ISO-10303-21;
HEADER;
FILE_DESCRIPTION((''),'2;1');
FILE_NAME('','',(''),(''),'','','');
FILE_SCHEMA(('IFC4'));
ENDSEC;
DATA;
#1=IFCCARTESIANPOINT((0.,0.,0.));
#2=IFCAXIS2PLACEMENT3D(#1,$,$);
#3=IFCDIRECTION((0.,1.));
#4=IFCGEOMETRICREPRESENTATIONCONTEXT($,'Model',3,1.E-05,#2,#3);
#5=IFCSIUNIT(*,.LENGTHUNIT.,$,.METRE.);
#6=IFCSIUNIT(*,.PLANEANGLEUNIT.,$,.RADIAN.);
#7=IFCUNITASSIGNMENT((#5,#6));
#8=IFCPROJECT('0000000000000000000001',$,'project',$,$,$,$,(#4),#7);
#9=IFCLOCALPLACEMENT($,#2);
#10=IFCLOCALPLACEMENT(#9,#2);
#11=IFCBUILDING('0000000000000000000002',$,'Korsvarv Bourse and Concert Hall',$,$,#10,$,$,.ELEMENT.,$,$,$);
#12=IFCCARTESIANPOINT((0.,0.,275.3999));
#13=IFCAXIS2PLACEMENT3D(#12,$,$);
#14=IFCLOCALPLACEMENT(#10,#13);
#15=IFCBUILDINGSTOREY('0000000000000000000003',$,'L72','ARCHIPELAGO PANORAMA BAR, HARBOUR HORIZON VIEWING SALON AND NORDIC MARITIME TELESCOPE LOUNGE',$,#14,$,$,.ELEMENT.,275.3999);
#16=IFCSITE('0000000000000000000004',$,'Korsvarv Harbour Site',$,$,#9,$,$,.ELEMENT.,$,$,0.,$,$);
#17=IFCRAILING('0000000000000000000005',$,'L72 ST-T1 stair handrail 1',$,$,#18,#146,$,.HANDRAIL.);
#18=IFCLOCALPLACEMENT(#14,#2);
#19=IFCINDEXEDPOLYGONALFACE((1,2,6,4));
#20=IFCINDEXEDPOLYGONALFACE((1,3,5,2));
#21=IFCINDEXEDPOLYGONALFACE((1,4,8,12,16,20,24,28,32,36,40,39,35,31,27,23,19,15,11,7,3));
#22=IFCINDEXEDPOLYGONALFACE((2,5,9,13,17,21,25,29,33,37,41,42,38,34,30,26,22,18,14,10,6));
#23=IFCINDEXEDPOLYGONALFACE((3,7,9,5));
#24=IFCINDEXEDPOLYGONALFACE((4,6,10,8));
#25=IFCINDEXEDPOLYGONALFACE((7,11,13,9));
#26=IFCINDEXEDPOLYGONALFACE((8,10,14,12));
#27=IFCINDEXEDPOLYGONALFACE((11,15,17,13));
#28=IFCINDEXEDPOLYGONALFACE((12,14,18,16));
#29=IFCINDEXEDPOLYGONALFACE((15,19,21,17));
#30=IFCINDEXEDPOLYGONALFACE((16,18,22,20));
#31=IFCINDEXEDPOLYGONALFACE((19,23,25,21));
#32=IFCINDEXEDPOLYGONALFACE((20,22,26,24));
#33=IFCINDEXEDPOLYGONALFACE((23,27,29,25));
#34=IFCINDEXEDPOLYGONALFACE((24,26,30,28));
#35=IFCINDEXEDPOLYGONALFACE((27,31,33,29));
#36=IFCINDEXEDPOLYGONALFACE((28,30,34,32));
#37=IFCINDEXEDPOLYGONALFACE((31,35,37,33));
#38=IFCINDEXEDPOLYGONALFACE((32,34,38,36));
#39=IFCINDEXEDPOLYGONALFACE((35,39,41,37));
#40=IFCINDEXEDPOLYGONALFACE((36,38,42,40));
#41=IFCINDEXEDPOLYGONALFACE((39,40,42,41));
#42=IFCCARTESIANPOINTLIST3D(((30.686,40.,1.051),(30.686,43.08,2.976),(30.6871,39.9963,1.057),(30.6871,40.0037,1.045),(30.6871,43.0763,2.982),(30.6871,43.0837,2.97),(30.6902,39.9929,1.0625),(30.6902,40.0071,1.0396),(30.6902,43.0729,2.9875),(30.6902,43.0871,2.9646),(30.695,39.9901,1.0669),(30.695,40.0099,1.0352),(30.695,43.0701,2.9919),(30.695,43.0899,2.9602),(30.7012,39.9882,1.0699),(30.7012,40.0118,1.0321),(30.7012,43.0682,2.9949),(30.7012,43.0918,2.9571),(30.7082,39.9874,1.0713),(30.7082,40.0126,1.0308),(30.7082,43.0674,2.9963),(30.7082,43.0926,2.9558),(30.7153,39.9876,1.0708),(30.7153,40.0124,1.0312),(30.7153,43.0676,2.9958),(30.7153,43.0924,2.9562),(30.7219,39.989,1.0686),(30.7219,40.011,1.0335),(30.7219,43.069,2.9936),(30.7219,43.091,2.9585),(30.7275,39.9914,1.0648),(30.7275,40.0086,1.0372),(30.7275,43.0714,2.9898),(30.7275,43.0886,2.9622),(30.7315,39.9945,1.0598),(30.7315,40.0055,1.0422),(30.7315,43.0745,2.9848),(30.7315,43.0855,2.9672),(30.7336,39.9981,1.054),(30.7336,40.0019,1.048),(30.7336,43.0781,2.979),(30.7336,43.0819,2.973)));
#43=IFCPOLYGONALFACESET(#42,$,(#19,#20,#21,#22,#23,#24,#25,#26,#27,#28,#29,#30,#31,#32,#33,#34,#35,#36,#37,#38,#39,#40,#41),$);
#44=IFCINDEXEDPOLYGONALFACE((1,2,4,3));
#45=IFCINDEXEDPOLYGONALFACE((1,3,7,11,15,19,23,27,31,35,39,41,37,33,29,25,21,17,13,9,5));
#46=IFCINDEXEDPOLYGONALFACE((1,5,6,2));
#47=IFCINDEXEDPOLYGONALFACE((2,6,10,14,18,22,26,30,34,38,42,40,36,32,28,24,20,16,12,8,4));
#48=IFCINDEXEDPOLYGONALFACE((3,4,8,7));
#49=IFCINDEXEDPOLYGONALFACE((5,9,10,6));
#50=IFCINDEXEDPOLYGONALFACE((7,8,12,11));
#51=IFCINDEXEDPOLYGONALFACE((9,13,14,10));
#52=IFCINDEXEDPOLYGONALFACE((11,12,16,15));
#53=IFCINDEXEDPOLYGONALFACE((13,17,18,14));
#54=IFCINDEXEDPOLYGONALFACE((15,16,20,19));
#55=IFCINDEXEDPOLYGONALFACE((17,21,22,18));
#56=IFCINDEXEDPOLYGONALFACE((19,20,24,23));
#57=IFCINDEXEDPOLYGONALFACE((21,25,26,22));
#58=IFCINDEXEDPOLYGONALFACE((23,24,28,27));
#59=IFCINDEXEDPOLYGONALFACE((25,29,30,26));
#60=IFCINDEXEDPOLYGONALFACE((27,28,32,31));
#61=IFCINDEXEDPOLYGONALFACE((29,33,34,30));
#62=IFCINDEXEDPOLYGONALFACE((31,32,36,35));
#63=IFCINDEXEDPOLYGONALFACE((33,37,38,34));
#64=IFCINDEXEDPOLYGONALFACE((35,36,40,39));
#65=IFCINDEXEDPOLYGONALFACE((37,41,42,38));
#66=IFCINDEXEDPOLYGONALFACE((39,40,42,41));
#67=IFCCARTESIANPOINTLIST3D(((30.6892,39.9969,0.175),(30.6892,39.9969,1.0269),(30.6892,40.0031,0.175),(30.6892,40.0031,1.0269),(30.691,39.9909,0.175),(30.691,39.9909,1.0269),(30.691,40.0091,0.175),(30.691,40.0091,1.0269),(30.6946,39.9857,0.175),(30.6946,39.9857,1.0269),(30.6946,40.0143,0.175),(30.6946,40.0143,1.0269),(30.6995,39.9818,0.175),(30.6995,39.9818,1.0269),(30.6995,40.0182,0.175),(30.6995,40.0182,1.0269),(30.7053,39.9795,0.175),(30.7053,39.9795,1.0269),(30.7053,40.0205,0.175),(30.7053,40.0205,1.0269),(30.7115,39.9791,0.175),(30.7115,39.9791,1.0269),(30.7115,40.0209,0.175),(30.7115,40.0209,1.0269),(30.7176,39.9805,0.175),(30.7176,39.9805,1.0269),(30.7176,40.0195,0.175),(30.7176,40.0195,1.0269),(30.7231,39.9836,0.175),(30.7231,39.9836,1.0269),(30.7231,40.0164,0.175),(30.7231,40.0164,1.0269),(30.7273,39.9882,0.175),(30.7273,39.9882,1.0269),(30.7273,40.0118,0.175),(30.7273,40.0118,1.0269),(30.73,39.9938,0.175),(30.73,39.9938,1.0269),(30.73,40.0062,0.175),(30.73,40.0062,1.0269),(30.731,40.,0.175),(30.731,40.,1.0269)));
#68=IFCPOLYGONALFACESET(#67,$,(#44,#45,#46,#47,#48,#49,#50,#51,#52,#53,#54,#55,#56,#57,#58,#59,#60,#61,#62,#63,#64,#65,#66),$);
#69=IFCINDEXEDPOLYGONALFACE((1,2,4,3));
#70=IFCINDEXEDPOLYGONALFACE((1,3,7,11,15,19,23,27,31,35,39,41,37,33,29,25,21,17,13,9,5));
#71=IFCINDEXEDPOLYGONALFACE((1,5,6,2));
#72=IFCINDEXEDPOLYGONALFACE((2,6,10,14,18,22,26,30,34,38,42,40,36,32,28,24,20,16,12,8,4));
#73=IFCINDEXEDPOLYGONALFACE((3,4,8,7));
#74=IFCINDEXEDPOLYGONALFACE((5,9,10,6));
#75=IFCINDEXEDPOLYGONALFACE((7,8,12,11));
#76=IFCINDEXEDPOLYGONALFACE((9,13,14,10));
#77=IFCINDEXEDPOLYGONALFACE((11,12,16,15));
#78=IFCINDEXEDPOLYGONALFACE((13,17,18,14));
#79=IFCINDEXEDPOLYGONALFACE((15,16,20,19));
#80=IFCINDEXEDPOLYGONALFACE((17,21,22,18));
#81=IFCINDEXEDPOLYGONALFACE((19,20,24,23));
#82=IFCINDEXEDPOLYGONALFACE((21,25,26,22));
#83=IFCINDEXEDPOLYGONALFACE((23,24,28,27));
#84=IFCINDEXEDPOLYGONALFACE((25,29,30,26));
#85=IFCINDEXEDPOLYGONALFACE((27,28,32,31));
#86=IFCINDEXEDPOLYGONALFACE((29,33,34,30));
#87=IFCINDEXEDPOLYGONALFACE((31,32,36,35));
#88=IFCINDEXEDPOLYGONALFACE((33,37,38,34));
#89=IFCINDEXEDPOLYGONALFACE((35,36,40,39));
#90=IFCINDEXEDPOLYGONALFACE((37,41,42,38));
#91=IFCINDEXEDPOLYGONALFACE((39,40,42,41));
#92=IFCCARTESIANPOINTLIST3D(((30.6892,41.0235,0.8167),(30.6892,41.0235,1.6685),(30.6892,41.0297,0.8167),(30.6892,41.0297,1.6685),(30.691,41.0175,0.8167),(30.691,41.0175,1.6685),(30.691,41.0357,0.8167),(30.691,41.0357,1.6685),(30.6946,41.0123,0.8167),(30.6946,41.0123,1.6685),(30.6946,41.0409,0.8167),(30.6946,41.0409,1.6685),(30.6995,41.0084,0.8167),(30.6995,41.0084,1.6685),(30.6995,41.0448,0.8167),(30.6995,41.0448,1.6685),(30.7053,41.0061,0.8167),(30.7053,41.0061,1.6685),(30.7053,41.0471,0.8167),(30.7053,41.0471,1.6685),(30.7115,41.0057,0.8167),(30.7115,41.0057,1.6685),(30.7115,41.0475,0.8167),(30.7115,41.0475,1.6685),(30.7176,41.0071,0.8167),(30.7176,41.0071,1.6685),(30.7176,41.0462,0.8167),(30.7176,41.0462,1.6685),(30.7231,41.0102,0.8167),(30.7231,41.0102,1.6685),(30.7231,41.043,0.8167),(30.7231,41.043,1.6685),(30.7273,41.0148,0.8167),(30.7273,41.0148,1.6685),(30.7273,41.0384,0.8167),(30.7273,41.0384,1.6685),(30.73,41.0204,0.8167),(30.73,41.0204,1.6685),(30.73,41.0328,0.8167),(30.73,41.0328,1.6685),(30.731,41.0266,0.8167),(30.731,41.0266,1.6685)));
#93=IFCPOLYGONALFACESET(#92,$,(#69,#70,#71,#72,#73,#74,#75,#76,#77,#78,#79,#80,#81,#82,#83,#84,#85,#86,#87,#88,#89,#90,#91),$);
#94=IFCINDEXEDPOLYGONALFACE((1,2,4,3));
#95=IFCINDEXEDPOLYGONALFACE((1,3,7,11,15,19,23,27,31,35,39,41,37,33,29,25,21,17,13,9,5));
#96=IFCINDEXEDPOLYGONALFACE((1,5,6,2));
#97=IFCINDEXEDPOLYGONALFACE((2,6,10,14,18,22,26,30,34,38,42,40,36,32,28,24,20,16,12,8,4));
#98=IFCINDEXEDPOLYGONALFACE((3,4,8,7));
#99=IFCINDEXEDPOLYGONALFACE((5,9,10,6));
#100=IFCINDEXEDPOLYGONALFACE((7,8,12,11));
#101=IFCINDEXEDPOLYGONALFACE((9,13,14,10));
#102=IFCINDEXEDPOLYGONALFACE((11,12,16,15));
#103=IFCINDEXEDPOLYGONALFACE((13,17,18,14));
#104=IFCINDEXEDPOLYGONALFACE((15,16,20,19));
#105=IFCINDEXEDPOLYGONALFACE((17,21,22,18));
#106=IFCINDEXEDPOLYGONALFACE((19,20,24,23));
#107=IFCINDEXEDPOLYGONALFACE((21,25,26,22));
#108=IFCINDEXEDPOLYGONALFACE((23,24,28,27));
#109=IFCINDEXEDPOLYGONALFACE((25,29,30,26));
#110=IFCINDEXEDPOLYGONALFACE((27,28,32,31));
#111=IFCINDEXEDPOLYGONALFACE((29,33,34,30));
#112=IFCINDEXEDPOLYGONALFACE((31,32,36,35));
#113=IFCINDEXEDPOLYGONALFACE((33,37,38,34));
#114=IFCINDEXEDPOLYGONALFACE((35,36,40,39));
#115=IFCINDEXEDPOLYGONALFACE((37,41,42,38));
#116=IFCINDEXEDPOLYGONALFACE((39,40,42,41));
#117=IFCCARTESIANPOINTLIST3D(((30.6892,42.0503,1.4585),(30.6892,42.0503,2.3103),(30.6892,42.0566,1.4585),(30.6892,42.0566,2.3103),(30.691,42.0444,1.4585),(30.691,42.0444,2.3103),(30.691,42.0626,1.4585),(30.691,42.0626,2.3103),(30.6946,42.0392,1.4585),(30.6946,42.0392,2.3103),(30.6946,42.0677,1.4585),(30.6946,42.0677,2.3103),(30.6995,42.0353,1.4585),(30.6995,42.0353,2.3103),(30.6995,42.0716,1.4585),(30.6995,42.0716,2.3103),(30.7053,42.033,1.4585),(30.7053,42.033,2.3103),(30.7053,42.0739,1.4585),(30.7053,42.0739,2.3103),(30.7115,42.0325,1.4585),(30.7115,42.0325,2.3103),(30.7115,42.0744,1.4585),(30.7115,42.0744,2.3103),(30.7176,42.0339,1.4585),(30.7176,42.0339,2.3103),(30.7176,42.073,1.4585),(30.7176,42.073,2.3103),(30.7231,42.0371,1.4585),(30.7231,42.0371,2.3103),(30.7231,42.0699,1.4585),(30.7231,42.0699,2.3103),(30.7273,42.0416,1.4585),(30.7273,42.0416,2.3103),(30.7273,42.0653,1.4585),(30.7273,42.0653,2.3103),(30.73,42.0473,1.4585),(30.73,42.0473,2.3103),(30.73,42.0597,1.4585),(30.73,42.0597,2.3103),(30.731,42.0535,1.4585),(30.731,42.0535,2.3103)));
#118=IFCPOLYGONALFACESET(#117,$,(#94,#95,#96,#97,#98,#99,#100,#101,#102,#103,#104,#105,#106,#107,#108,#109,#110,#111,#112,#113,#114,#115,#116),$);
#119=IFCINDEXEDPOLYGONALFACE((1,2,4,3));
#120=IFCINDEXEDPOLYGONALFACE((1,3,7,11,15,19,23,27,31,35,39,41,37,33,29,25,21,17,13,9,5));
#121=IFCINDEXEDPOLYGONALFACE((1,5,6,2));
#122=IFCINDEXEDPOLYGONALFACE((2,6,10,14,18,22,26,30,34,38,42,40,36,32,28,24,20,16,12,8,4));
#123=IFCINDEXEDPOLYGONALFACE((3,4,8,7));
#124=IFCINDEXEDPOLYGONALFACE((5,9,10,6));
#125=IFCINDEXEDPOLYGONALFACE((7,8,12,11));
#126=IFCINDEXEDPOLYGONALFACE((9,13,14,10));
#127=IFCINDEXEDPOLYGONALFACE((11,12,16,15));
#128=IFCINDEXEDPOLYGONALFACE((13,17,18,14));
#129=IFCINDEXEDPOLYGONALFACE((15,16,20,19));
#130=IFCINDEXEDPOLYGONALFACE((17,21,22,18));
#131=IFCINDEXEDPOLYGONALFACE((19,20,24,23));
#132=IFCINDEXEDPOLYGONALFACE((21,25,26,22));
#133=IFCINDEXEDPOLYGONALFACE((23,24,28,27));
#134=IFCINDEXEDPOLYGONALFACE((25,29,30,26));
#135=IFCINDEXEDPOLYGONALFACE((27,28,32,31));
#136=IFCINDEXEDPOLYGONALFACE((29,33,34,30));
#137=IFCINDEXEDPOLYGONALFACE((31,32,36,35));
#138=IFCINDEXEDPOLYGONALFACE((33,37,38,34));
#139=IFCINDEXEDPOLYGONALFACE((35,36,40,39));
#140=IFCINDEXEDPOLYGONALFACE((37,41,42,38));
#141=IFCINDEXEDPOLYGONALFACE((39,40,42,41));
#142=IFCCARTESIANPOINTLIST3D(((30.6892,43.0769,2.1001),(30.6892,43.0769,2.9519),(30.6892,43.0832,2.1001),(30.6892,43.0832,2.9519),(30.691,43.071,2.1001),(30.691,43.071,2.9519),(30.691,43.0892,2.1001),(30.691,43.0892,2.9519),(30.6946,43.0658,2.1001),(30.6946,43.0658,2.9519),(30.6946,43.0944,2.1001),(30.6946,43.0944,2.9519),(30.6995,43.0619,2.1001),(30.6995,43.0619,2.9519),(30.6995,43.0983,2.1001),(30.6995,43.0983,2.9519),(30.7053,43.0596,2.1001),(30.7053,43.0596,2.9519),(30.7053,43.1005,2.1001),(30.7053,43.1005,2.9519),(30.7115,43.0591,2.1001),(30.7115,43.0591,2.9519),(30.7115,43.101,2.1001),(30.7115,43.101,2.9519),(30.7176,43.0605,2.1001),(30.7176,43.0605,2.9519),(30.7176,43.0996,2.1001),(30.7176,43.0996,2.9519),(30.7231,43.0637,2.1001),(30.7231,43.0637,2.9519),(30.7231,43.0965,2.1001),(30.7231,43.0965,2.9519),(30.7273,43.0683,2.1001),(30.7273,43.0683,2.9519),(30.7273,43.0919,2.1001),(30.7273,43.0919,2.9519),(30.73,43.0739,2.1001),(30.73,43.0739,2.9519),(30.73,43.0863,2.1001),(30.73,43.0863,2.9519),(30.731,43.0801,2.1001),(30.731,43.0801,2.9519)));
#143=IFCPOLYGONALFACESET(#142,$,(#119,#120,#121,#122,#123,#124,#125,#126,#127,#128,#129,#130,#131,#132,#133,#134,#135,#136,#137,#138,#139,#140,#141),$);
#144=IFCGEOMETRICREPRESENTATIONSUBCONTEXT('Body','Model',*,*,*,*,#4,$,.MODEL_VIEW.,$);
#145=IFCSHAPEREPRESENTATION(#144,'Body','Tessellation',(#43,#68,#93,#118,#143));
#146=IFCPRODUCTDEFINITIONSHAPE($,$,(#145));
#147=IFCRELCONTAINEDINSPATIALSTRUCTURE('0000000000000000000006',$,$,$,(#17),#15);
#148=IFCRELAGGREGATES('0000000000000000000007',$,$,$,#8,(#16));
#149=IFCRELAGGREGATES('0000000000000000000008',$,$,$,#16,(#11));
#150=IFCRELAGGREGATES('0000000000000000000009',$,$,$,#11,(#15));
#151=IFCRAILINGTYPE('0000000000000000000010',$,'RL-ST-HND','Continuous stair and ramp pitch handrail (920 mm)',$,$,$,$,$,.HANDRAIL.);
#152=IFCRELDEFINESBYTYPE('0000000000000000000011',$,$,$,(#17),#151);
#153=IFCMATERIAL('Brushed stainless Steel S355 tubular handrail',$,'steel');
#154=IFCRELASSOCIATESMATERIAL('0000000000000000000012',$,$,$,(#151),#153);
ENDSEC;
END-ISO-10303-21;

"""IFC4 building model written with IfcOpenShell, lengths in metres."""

from ifc_helpers import new_model, si_unit, direction, frame, origin, origin_2d, place, context, subcontext, project, spatial, circle, extrude, material, type_object, element, save


model = new_model("IFC4")

# Units and contexts
model_context = context("Model", 3, precision=1e-05, world=origin(), true_north=direction((0.0, 1.0)))
body_context = subcontext(model_context, "Body", "Model", "MODEL_VIEW")
ifc_project = project(units=[si_unit("LENGTHUNIT", "METRE"), si_unit("PLANEANGLEUNIT", "RADIAN")], contexts=[model_context])

# Site, building, storey
site_placement = place(None, origin())
site = spatial("IfcSite", under=ifc_project, at=site_placement, Name="Korsvarv Harbour Site", CompositionType="ELEMENT", RefElevation=0.0)
building_placement = place(site_placement, origin())
building = spatial("IfcBuilding", under=site, at=building_placement, Name="Korsvarv Bourse and Concert Hall", CompositionType="ELEMENT")
storey_placement = place(building_placement, frame((0.0, 0.0, 275.3999)))
storey = spatial("IfcBuildingStorey", under=building, at=storey_placement, Name="L72", Description="ARCHIPELAGO PANORAMA BAR, HARBOUR HORIZON VIEWING SALON AND NORDIC MARITIME TELESCOPE LOUNGE", CompositionType="ELEMENT", Elevation=275.3999)

# Railing
ifc_material_1 = material(Name="Brushed stainless Steel S355 tubular handrail", Category="steel")
railing_type_1 = type_object("IfcRailingType", Name="RL-ST-HND", Description="Continuous stair and ramp pitch handrail (920 mm)", PredefinedType="HANDRAIL", material=ifc_material_1)
railing_1_placement = place(storey_placement, frame((30.71, 40.0, 0.175)))
element("IfcRailing", 1, at=railing_1_placement, inside=storey, type_object=railing_type_1, Name="L72 ST-T1 stair handrail 1", PredefinedType="HANDRAIL", context=body_context, shape_type="SweptSolid", body=[
    extrude(circle(Radius=0.0239, at=origin_2d()), frame((0.0, 0.0, 0.876), z_axis=(0.0, 0.847998, 0.529999), x_axis=(-1.0, 0.0, 0.0)), (0.0, 0.0, 1.0), 3.6321),
    extrude(circle(Radius=0.021, at=origin_2d()), origin(), (0.0, 0.0, 1.0), 0.8518),
    extrude(circle(Radius=0.021, at=origin_2d()), frame((0.0, 1.0266, 0.6416)), (0.0, 0.0, 1.0), 0.8518),
    extrude(circle(Radius=0.021, at=origin_2d()), frame((0.0, 2.0535, 1.2834)), (0.0, 0.0, 1.0), 0.8518),
    extrude(circle(Radius=0.021, at=origin_2d()), frame((0.0, 3.0801, 1.925)), (0.0, 0.0, 1.0), 0.8518),
])

save(model, "model.ifc")
